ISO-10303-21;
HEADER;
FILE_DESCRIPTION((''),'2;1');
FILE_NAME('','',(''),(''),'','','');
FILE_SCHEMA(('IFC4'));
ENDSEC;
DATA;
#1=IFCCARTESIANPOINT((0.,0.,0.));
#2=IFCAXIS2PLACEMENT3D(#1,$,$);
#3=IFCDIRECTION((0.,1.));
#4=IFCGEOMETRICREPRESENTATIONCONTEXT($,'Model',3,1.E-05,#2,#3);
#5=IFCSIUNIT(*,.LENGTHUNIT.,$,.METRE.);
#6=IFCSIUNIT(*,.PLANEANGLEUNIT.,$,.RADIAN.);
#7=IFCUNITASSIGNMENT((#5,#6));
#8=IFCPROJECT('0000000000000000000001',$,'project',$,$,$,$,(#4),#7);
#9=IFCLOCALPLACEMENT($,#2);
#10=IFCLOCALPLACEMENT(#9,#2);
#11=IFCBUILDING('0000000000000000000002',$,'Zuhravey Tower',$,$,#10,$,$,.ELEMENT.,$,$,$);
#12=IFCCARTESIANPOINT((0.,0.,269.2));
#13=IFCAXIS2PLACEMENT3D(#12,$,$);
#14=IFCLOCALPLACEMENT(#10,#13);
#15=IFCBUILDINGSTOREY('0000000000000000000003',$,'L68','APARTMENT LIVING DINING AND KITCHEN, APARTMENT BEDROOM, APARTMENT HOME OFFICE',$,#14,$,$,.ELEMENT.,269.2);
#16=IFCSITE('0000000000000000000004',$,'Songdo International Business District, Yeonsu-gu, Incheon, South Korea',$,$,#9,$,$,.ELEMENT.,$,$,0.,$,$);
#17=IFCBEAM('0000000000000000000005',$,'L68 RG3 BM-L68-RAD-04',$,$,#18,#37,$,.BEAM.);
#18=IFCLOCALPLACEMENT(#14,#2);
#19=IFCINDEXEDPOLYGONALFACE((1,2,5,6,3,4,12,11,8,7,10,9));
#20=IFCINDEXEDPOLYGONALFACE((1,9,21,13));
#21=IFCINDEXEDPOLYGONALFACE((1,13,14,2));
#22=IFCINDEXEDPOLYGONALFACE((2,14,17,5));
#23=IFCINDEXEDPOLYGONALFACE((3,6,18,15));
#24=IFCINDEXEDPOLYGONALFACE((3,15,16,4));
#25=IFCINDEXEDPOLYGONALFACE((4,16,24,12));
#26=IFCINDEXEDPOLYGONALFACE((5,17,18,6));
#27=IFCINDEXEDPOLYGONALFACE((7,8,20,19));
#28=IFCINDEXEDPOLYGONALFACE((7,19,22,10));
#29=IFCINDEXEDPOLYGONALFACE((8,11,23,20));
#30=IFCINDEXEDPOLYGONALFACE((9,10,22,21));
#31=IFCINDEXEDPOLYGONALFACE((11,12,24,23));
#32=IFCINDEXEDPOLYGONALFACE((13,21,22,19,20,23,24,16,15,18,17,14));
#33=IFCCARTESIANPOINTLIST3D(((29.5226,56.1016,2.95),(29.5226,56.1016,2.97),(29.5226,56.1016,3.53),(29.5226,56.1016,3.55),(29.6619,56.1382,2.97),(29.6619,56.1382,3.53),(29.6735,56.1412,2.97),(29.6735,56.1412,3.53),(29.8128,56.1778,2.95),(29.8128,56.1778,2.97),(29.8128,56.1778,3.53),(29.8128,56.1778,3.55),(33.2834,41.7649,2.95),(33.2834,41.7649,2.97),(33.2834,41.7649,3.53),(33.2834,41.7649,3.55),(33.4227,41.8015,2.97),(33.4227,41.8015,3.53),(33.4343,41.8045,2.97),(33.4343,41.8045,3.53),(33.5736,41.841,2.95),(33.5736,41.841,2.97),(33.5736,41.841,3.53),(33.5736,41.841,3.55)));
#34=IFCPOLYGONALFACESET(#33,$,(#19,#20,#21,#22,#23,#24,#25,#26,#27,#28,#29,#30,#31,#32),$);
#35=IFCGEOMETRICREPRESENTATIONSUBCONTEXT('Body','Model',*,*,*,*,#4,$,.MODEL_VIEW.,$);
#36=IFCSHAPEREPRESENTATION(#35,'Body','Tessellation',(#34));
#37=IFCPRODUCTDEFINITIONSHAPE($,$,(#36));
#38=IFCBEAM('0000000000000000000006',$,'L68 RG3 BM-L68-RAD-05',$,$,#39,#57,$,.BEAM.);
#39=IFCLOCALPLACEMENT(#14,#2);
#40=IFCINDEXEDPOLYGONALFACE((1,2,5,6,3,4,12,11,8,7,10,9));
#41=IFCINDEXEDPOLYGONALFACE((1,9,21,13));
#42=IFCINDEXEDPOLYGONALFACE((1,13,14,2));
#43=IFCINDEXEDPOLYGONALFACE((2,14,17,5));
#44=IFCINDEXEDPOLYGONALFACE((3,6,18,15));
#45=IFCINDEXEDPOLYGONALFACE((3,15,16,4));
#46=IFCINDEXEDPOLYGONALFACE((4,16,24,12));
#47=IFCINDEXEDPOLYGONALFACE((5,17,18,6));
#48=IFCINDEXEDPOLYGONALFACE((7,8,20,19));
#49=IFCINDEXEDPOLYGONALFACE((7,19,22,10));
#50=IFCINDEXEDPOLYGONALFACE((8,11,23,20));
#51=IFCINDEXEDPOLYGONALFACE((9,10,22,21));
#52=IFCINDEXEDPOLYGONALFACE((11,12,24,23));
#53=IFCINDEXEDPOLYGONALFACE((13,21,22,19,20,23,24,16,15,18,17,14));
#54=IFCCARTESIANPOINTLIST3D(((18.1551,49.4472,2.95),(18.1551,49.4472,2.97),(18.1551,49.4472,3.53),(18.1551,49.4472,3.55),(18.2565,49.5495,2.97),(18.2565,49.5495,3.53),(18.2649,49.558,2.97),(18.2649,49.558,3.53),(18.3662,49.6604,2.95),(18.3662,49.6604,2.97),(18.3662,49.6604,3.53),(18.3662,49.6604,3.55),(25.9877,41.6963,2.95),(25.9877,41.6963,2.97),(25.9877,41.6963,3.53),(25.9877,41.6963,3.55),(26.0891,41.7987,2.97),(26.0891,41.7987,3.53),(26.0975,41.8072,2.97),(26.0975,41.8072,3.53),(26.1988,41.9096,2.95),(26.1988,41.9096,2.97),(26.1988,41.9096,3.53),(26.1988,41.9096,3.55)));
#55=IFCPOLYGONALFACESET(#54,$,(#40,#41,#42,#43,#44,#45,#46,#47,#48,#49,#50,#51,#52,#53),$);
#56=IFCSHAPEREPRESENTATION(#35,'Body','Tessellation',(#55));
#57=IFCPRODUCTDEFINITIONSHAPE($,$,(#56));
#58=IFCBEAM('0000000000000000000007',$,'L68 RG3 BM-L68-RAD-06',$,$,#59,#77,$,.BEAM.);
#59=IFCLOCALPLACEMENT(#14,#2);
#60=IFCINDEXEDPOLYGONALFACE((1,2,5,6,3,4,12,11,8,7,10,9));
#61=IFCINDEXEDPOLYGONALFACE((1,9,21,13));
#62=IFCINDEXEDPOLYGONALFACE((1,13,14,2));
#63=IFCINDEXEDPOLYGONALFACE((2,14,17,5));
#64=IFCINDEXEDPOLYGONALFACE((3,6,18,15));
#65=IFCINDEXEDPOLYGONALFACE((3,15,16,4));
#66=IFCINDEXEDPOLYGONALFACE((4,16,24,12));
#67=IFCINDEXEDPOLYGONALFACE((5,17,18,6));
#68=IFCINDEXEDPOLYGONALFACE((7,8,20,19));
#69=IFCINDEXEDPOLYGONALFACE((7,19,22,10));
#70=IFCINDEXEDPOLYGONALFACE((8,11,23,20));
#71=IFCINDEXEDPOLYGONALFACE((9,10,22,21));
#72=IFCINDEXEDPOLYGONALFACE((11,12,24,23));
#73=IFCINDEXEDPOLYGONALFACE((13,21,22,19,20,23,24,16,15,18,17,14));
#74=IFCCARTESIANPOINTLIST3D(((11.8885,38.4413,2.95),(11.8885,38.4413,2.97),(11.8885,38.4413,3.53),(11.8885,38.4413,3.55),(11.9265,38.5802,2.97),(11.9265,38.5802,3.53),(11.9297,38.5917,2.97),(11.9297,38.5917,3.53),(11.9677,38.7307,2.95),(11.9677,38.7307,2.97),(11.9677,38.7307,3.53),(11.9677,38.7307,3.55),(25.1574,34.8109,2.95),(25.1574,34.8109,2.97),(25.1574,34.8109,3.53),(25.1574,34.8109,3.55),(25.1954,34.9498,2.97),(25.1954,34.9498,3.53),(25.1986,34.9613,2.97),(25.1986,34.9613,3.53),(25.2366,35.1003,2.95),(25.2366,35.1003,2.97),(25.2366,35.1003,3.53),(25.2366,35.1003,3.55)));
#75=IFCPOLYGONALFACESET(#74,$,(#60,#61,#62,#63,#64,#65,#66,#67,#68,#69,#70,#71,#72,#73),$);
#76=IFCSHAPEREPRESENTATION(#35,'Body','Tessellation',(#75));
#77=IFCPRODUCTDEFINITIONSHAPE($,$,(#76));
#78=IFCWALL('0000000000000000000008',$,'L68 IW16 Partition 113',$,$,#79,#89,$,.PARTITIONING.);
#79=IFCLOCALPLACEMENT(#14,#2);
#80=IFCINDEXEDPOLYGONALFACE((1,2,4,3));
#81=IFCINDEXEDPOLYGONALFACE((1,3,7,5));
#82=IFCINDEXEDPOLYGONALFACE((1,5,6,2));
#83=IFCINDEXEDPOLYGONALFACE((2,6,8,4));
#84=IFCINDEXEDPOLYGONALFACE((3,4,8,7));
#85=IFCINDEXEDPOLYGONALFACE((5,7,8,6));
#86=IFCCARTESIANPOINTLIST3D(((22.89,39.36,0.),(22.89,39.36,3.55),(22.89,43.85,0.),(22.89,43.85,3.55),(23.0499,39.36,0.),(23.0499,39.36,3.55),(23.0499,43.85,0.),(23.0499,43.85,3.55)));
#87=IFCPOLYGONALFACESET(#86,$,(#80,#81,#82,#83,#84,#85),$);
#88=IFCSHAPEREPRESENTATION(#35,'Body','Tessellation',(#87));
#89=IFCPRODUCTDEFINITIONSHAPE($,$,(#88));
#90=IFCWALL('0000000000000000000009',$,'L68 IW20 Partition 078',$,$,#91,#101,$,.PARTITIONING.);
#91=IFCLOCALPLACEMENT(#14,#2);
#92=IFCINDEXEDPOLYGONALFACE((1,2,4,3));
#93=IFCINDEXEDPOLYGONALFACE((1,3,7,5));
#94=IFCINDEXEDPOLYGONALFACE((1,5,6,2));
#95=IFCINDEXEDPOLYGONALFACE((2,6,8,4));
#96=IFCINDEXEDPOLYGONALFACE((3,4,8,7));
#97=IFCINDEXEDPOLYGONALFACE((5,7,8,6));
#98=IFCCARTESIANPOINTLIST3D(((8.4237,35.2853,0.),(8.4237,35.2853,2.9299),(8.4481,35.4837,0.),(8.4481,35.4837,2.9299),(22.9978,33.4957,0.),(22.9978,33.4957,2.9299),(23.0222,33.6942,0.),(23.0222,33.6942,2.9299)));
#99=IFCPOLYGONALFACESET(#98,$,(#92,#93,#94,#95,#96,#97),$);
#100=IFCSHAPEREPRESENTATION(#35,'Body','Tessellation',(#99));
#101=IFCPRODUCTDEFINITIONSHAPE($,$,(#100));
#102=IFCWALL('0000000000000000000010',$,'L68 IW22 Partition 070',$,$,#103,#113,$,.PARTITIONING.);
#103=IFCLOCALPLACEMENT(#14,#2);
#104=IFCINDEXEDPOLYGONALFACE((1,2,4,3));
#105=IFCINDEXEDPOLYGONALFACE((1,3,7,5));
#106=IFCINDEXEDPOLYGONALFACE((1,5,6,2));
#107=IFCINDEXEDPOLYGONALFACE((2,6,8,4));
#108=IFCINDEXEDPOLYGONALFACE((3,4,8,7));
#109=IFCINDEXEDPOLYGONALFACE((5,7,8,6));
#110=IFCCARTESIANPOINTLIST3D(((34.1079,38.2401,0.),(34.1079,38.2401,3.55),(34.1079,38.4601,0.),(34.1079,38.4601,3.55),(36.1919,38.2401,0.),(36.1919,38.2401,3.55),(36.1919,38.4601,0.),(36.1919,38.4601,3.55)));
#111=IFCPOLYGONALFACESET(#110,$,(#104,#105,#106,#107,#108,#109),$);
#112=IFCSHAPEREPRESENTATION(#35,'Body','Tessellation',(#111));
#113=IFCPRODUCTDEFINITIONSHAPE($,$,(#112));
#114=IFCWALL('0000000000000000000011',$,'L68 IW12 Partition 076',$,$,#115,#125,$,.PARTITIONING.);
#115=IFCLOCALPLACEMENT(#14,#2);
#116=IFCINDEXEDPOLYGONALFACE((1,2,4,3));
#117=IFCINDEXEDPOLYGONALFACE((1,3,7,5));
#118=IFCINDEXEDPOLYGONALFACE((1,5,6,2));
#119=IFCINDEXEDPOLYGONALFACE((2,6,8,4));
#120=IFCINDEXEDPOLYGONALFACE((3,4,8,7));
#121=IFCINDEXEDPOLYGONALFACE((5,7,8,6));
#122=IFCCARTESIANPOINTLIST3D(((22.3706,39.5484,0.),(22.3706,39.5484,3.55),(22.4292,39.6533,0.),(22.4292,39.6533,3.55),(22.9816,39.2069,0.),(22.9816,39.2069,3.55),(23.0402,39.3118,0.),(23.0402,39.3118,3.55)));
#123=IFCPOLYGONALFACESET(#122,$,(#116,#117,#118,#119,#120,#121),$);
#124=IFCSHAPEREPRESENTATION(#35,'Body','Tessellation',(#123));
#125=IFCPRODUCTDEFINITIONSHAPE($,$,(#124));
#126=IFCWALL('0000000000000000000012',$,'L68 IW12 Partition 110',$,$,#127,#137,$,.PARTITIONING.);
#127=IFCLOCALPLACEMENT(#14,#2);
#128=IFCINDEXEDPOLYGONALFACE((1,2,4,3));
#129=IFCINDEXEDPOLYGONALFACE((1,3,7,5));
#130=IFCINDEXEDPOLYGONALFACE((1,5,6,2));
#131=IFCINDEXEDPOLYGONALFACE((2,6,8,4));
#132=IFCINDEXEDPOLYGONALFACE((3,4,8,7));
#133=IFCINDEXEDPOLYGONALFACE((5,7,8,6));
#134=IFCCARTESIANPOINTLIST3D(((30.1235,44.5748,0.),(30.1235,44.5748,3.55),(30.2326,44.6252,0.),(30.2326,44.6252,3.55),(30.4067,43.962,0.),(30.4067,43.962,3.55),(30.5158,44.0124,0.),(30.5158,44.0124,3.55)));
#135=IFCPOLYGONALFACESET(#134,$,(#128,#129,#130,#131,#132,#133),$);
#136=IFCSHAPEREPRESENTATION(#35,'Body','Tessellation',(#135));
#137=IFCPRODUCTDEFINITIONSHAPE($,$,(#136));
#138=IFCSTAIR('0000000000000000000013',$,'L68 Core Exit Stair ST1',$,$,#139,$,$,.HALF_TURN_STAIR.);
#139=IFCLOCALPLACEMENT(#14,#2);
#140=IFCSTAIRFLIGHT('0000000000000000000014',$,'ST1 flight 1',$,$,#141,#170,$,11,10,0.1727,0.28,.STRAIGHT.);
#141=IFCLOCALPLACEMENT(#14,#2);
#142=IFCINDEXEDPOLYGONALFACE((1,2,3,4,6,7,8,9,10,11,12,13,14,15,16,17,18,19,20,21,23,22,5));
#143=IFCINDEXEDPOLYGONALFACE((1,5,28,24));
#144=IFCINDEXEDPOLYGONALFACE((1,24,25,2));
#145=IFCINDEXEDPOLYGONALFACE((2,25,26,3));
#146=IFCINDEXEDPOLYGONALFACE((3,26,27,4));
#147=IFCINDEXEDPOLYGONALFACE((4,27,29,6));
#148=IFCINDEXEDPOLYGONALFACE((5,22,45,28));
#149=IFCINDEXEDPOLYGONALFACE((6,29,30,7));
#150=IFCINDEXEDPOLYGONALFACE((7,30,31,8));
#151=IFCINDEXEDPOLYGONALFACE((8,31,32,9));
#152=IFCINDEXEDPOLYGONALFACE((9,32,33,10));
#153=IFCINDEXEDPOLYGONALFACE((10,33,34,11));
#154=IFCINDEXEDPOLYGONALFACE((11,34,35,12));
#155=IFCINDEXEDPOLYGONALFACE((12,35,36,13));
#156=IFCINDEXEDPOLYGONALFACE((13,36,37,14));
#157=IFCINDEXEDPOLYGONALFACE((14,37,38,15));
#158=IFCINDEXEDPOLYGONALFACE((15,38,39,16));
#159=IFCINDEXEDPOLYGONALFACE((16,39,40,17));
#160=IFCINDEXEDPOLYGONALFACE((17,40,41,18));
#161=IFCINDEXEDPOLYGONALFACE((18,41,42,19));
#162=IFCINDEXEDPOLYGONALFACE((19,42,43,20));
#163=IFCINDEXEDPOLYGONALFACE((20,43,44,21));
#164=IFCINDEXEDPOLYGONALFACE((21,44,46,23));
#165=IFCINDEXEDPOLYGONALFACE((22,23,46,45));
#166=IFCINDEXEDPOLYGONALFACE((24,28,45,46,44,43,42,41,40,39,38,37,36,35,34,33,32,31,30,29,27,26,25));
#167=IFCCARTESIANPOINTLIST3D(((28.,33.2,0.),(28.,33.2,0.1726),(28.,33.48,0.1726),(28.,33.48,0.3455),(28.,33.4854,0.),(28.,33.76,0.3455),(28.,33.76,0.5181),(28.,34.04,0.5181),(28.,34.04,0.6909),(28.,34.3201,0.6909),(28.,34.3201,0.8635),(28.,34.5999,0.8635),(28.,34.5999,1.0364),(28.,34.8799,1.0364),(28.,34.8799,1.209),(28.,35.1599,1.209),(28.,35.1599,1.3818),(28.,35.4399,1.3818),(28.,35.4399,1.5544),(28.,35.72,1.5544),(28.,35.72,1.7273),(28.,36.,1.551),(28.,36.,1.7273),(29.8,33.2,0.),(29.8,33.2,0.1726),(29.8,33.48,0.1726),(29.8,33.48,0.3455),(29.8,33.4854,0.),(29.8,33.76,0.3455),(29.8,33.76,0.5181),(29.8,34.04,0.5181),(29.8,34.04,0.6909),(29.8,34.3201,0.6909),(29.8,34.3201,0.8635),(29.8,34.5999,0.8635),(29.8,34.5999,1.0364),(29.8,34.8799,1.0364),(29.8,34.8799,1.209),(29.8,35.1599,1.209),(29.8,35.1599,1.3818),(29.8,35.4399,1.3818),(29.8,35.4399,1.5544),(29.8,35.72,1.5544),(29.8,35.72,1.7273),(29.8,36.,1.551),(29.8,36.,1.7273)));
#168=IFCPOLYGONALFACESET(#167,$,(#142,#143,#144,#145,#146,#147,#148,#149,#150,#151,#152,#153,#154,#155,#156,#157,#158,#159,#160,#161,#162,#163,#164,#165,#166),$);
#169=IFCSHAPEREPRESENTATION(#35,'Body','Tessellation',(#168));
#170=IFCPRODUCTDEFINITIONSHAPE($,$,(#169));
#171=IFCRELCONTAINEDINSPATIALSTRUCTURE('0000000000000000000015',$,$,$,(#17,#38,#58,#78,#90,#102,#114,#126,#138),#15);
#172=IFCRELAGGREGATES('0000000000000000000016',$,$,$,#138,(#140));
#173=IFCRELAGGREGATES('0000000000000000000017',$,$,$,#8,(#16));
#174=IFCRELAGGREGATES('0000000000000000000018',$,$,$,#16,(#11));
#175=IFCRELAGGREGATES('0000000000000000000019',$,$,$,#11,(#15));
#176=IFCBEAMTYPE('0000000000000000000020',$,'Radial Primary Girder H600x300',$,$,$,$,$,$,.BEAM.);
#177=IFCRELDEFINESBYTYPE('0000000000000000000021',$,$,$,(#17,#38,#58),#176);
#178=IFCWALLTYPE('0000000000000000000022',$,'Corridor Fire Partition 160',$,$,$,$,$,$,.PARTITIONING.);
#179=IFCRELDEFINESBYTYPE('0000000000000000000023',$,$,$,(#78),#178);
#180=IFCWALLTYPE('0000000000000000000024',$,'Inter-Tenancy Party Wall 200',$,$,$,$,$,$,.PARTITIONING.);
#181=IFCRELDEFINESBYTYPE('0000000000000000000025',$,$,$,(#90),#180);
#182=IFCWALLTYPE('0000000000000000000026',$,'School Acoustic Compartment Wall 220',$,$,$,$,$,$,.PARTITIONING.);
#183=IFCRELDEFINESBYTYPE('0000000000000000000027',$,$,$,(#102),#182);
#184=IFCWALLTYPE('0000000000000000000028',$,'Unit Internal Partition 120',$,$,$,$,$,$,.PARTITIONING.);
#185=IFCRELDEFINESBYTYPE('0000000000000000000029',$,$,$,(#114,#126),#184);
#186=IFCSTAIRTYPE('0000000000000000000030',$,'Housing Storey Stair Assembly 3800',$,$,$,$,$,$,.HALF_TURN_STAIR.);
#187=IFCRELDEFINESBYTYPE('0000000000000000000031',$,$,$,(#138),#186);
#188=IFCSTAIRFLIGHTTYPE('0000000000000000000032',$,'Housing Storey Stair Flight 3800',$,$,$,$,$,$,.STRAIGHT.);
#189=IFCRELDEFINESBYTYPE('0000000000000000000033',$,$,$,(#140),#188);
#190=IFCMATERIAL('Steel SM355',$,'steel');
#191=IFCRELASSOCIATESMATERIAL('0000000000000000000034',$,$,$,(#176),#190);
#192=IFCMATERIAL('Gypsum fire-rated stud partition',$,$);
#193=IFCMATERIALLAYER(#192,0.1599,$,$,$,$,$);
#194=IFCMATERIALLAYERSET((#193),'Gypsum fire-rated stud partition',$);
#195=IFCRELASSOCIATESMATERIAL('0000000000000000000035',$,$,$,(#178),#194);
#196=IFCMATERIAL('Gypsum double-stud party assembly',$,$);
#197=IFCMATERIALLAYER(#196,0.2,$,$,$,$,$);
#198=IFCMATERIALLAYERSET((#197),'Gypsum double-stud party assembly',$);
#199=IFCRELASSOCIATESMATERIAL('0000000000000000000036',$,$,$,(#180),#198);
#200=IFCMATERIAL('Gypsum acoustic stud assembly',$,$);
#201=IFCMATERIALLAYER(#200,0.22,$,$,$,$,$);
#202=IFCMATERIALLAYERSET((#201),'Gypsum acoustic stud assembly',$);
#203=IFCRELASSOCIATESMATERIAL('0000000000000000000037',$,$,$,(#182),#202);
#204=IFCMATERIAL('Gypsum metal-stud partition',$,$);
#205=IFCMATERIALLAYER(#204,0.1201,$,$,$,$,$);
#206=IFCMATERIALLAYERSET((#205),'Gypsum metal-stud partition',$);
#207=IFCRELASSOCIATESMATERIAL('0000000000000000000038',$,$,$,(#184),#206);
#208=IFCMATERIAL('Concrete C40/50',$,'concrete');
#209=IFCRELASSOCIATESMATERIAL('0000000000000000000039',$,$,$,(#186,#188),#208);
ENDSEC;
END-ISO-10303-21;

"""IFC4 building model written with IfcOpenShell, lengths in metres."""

from ifc_helpers import new_model, si_unit, direction, frame, frame_2d, origin, origin_2d, place, context, subcontext, project, spatial, polyline, rectangle, i_section, outline, extrude, material, layer, layer_set, material_profile, profile_set, type_object, element, aggregate, save


model = new_model("IFC4")

# Units and contexts
model_context = context("Model", 3, precision=1e-05, world=origin(), true_north=direction((0.0, 1.0)))
body_context = subcontext(model_context, "Body", "Model", "MODEL_VIEW")
ifc_project = project(units=[si_unit("LENGTHUNIT", "METRE"), si_unit("PLANEANGLEUNIT", "RADIAN")], contexts=[model_context])

# Site, building, storey
site_placement = place(None, origin())
site = spatial("IfcSite", under=ifc_project, at=site_placement, Name="Songdo International Business District, Yeonsu-gu, Incheon, South Korea", CompositionType="ELEMENT", RefElevation=0.0)
building_placement = place(site_placement, origin())
building = spatial("IfcBuilding", under=site, at=building_placement, Name="Zuhravey Tower", CompositionType="ELEMENT")
storey_placement = place(building_placement, frame((0.0, 0.0, 269.2)))
storey = spatial("IfcBuildingStorey", under=building, at=storey_placement, Name="L68", Description="APARTMENT LIVING DINING AND KITCHEN, APARTMENT BEDROOM, APARTMENT HOME OFFICE", CompositionType="ELEMENT", Elevation=269.2)

# Beams
ifc_material_1 = material(Name="Steel SM355", Category="steel")
ifc_material_profile = material_profile(ifc_material_1, i_section(OverallWidth=0.3, OverallDepth=0.6001, WebThickness=0.012, FlangeThickness=0.02, at=origin_2d()), Name="H-600x300x12x20")
ifc_profile_set = profile_set([ifc_material_profile], Name="Steel SM355")
beam_type = type_object("IfcBeamType", Name="Radial Primary Girder H600x300", PredefinedType="BEAM", material=ifc_profile_set)
beam_1_placement = place(storey_placement, frame((33.4285, 41.803, 3.25), z_axis=(-0.253732, 0.967275, 0.0), x_axis=(-0.967275, -0.253732, 0.0)))
element("IfcBeam", 1, at=beam_1_placement, inside=storey, type_object=beam_type, Name="L68 RG3 BM-L68-RAD-04", PredefinedType="BEAM", context=body_context, shape_type="SweptSolid", body=[
    extrude(i_section(OverallWidth=0.3, OverallDepth=0.6001, WebThickness=0.012, FlangeThickness=0.02, at=origin_2d()), origin(), (0.0, 0.0, 1.0), 14.8218),
])
beam_2_placement = place(storey_placement, frame((26.0933, 41.803, 3.25), z_axis=(-0.710808, 0.703386, 0.0), x_axis=(-0.703386, -0.710808, 0.0)))
element("IfcBeam", 2, at=beam_2_placement, inside=storey, type_object=beam_type, Name="L68 RG3 BM-L68-RAD-05", PredefinedType="BEAM", context=body_context, shape_type="SweptSolid", body=[
    extrude(i_section(OverallWidth=0.3, OverallDepth=0.6001, WebThickness=0.012, FlangeThickness=0.02, at=origin_2d()), origin(), (0.0, 0.0, 1.0), 11.0193),
])
beam_3_placement = place(storey_placement, frame((25.197, 34.9556, 3.25), z_axis=(-0.964549, 0.263903, 0.0), x_axis=(-0.263903, -0.964549, 0.0)))
element("IfcBeam", 3, at=beam_3_placement, inside=storey, type_object=beam_type, Name="L68 RG3 BM-L68-RAD-06", PredefinedType="BEAM", context=body_context, shape_type="SweptSolid", body=[
    extrude(i_section(OverallWidth=0.3, OverallDepth=0.6001, WebThickness=0.012, FlangeThickness=0.02, at=origin_2d()), origin(), (0.0, 0.0, 1.0), 13.7566),
])

# Walls
ifc_material_2 = material(Name="Gypsum fire-rated stud partition")
ifc_layer_1 = layer(ifc_material_2, 0.1599)
ifc_layer_set_1 = layer_set([ifc_layer_1], Name="Gypsum fire-rated stud partition")
wall_type_1 = type_object("IfcWallType", Name="Corridor Fire Partition 160", PredefinedType="PARTITIONING", material=ifc_layer_set_1)
wall_1_placement = place(storey_placement, frame((22.97, 43.8501, 0.0), z_axis=(0.0, 0.0, 1.0), x_axis=(0.0, -1.0, 0.0)))
element("IfcWall", 4, at=wall_1_placement, inside=storey, type_object=wall_type_1, Name="L68 IW16 Partition 113", PredefinedType="PARTITIONING", context=body_context, shape_type="SweptSolid", body=[
    extrude(rectangle(XDim=4.49, YDim=0.1599, at=frame_2d((2.2451, 0.0))), origin(), (0.0, 0.0, 1.0), 3.55),
])
ifc_material_3 = material(Name="Gypsum double-stud party assembly")
ifc_layer_2 = layer(ifc_material_3, 0.2)
ifc_layer_set_2 = layer_set([ifc_layer_2], Name="Gypsum double-stud party assembly")
wall_type_2 = type_object("IfcWallType", Name="Inter-Tenancy Party Wall 200", PredefinedType="PARTITIONING", material=ifc_layer_set_2)
wall_2_placement = place(storey_placement, frame((23.01, 33.595, 0.0), z_axis=(0.0, 0.0, 1.0), x_axis=(-0.992546, 0.121873, 0.0)))
element("IfcWall", 5, at=wall_2_placement, inside=storey, type_object=wall_type_2, Name="L68 IW20 Partition 078", PredefinedType="PARTITIONING", context=body_context, shape_type="SweptSolid", body=[
    extrude(rectangle(XDim=14.6836, YDim=0.2, at=frame_2d((7.3418, 0.0))), origin(), (0.0, 0.0, 1.0), 2.9299),
])
ifc_material_4 = material(Name="Gypsum acoustic stud assembly")
ifc_layer_3 = layer(ifc_material_4, 0.22)
ifc_layer_set_3 = layer_set([ifc_layer_3], Name="Gypsum acoustic stud assembly")
wall_type_3 = type_object("IfcWallType", Name="School Acoustic Compartment Wall 220", PredefinedType="PARTITIONING", material=ifc_layer_set_3)
wall_3_placement = place(storey_placement, frame((34.1079, 38.3501, 0.0), z_axis=(0.0, 0.0, 1.0), x_axis=(1.0, 0.0, 0.0)))
element("IfcWall", 6, at=wall_3_placement, inside=storey, type_object=wall_type_3, Name="L68 IW22 Partition 070", PredefinedType="PARTITIONING", context=body_context, shape_type="SweptSolid", body=[
    extrude(rectangle(XDim=2.084, YDim=0.22, at=frame_2d((1.042, 0.0))), origin(), (0.0, 0.0, 1.0), 3.55),
])
ifc_material_5 = material(Name="Gypsum metal-stud partition")
ifc_layer_4 = layer(ifc_material_5, 0.1201)
ifc_layer_set_4 = layer_set([ifc_layer_4], Name="Gypsum metal-stud partition")
wall_type_4 = type_object("IfcWallType", Name="Unit Internal Partition 120", PredefinedType="PARTITIONING", material=ifc_layer_set_4)
wall_4_placement = place(storey_placement, frame((23.011, 39.2593, 0.0), z_axis=(0.0, 0.0, 1.0), x_axis=(-0.872904, 0.487892, 0.0)))
element("IfcWall", 7, at=wall_4_placement, inside=storey, type_object=wall_type_4, Name="L68 IW12 Partition 076", PredefinedType="PARTITIONING", context=body_context, shape_type="SweptSolid", body=[
    extrude(rectangle(XDim=0.7, YDim=0.1201, at=frame_2d((0.3501, 0.0))), origin(), (0.0, 0.0, 1.0), 3.55),
])
wall_5_placement = place(storey_placement, frame((30.4612, 43.9873, 0.0), z_axis=(0.0, 0.0, 1.0), x_axis=(-0.419517, 0.907748, 0.0)))
element("IfcWall", 8, at=wall_5_placement, inside=storey, type_object=wall_type_4, Name="L68 IW12 Partition 110", PredefinedType="PARTITIONING", context=body_context, shape_type="SweptSolid", body=[
    extrude(rectangle(XDim=0.675, YDim=0.1201, at=frame_2d((0.3374, 0.0))), origin(), (0.0, 0.0, 1.0), 3.55),
])

# Stair, stair flight
ifc_material_6 = material(Name="Concrete C40/50", Category="concrete")
stair_type = type_object("IfcStairType", Name="Housing Storey Stair Assembly 3800", PredefinedType="HALF_TURN_STAIR", material=ifc_material_6)
stair_1_placement = place(storey_placement, origin())
stair_1 = element("IfcStair", 9, at=stair_1_placement, inside=storey, type_object=stair_type, Name="L68 Core Exit Stair ST1", PredefinedType="HALF_TURN_STAIR")
stair_flight_type = type_object("IfcStairFlightType", Name="Housing Storey Stair Flight 3800", PredefinedType="STRAIGHT", material=ifc_material_6)
stair_flight_1_placement = place(storey_placement, frame((28.8999, 33.2, 0.0), z_axis=(0.0, 0.0, 1.0), x_axis=(0.0, 1.0, 0.0)))
stair_flight_1 = element("IfcStairFlight", 10, at=stair_flight_1_placement, type_object=stair_flight_type, Name="ST1 flight 1", NumberOfRisers=11, NumberOfTreads=10, PredefinedType="STRAIGHT", RiserHeight=0.1727, TreadLength=0.28, context=body_context, shape_type="SweptSolid", body=[
    extrude(outline(polyline([(0.0, 0.0), (0.0, 0.1726), (0.28, 0.1726), (0.28, 0.3455), (0.5601, 0.3455), (0.5601, 0.5181), (0.8401, 0.5181), (0.8401, 0.6909), (1.1201, 0.6909), (1.1201, 0.8635), (1.3999, 0.8635), (1.3999, 1.0364), (1.6799, 1.0364), (1.6799, 1.209), (1.96, 1.209), (1.96, 1.3818), (2.24, 1.3818), (2.24, 1.5544), (2.52, 1.5544), (2.52, 1.7273), (2.8, 1.7273), (2.8, 1.8999), (2.8, 1.551), (0.2854, 0.0), (0.0, 0.0)])), frame((0.0, 0.8999, 0.0), z_axis=(0.0, -1.0, 0.0), x_axis=(1.0, 0.0, 0.0)), (0.0, 0.0, 1.0), 1.8),
])
aggregate(stair_1, [stair_flight_1])

save(model, "model.ifc")
